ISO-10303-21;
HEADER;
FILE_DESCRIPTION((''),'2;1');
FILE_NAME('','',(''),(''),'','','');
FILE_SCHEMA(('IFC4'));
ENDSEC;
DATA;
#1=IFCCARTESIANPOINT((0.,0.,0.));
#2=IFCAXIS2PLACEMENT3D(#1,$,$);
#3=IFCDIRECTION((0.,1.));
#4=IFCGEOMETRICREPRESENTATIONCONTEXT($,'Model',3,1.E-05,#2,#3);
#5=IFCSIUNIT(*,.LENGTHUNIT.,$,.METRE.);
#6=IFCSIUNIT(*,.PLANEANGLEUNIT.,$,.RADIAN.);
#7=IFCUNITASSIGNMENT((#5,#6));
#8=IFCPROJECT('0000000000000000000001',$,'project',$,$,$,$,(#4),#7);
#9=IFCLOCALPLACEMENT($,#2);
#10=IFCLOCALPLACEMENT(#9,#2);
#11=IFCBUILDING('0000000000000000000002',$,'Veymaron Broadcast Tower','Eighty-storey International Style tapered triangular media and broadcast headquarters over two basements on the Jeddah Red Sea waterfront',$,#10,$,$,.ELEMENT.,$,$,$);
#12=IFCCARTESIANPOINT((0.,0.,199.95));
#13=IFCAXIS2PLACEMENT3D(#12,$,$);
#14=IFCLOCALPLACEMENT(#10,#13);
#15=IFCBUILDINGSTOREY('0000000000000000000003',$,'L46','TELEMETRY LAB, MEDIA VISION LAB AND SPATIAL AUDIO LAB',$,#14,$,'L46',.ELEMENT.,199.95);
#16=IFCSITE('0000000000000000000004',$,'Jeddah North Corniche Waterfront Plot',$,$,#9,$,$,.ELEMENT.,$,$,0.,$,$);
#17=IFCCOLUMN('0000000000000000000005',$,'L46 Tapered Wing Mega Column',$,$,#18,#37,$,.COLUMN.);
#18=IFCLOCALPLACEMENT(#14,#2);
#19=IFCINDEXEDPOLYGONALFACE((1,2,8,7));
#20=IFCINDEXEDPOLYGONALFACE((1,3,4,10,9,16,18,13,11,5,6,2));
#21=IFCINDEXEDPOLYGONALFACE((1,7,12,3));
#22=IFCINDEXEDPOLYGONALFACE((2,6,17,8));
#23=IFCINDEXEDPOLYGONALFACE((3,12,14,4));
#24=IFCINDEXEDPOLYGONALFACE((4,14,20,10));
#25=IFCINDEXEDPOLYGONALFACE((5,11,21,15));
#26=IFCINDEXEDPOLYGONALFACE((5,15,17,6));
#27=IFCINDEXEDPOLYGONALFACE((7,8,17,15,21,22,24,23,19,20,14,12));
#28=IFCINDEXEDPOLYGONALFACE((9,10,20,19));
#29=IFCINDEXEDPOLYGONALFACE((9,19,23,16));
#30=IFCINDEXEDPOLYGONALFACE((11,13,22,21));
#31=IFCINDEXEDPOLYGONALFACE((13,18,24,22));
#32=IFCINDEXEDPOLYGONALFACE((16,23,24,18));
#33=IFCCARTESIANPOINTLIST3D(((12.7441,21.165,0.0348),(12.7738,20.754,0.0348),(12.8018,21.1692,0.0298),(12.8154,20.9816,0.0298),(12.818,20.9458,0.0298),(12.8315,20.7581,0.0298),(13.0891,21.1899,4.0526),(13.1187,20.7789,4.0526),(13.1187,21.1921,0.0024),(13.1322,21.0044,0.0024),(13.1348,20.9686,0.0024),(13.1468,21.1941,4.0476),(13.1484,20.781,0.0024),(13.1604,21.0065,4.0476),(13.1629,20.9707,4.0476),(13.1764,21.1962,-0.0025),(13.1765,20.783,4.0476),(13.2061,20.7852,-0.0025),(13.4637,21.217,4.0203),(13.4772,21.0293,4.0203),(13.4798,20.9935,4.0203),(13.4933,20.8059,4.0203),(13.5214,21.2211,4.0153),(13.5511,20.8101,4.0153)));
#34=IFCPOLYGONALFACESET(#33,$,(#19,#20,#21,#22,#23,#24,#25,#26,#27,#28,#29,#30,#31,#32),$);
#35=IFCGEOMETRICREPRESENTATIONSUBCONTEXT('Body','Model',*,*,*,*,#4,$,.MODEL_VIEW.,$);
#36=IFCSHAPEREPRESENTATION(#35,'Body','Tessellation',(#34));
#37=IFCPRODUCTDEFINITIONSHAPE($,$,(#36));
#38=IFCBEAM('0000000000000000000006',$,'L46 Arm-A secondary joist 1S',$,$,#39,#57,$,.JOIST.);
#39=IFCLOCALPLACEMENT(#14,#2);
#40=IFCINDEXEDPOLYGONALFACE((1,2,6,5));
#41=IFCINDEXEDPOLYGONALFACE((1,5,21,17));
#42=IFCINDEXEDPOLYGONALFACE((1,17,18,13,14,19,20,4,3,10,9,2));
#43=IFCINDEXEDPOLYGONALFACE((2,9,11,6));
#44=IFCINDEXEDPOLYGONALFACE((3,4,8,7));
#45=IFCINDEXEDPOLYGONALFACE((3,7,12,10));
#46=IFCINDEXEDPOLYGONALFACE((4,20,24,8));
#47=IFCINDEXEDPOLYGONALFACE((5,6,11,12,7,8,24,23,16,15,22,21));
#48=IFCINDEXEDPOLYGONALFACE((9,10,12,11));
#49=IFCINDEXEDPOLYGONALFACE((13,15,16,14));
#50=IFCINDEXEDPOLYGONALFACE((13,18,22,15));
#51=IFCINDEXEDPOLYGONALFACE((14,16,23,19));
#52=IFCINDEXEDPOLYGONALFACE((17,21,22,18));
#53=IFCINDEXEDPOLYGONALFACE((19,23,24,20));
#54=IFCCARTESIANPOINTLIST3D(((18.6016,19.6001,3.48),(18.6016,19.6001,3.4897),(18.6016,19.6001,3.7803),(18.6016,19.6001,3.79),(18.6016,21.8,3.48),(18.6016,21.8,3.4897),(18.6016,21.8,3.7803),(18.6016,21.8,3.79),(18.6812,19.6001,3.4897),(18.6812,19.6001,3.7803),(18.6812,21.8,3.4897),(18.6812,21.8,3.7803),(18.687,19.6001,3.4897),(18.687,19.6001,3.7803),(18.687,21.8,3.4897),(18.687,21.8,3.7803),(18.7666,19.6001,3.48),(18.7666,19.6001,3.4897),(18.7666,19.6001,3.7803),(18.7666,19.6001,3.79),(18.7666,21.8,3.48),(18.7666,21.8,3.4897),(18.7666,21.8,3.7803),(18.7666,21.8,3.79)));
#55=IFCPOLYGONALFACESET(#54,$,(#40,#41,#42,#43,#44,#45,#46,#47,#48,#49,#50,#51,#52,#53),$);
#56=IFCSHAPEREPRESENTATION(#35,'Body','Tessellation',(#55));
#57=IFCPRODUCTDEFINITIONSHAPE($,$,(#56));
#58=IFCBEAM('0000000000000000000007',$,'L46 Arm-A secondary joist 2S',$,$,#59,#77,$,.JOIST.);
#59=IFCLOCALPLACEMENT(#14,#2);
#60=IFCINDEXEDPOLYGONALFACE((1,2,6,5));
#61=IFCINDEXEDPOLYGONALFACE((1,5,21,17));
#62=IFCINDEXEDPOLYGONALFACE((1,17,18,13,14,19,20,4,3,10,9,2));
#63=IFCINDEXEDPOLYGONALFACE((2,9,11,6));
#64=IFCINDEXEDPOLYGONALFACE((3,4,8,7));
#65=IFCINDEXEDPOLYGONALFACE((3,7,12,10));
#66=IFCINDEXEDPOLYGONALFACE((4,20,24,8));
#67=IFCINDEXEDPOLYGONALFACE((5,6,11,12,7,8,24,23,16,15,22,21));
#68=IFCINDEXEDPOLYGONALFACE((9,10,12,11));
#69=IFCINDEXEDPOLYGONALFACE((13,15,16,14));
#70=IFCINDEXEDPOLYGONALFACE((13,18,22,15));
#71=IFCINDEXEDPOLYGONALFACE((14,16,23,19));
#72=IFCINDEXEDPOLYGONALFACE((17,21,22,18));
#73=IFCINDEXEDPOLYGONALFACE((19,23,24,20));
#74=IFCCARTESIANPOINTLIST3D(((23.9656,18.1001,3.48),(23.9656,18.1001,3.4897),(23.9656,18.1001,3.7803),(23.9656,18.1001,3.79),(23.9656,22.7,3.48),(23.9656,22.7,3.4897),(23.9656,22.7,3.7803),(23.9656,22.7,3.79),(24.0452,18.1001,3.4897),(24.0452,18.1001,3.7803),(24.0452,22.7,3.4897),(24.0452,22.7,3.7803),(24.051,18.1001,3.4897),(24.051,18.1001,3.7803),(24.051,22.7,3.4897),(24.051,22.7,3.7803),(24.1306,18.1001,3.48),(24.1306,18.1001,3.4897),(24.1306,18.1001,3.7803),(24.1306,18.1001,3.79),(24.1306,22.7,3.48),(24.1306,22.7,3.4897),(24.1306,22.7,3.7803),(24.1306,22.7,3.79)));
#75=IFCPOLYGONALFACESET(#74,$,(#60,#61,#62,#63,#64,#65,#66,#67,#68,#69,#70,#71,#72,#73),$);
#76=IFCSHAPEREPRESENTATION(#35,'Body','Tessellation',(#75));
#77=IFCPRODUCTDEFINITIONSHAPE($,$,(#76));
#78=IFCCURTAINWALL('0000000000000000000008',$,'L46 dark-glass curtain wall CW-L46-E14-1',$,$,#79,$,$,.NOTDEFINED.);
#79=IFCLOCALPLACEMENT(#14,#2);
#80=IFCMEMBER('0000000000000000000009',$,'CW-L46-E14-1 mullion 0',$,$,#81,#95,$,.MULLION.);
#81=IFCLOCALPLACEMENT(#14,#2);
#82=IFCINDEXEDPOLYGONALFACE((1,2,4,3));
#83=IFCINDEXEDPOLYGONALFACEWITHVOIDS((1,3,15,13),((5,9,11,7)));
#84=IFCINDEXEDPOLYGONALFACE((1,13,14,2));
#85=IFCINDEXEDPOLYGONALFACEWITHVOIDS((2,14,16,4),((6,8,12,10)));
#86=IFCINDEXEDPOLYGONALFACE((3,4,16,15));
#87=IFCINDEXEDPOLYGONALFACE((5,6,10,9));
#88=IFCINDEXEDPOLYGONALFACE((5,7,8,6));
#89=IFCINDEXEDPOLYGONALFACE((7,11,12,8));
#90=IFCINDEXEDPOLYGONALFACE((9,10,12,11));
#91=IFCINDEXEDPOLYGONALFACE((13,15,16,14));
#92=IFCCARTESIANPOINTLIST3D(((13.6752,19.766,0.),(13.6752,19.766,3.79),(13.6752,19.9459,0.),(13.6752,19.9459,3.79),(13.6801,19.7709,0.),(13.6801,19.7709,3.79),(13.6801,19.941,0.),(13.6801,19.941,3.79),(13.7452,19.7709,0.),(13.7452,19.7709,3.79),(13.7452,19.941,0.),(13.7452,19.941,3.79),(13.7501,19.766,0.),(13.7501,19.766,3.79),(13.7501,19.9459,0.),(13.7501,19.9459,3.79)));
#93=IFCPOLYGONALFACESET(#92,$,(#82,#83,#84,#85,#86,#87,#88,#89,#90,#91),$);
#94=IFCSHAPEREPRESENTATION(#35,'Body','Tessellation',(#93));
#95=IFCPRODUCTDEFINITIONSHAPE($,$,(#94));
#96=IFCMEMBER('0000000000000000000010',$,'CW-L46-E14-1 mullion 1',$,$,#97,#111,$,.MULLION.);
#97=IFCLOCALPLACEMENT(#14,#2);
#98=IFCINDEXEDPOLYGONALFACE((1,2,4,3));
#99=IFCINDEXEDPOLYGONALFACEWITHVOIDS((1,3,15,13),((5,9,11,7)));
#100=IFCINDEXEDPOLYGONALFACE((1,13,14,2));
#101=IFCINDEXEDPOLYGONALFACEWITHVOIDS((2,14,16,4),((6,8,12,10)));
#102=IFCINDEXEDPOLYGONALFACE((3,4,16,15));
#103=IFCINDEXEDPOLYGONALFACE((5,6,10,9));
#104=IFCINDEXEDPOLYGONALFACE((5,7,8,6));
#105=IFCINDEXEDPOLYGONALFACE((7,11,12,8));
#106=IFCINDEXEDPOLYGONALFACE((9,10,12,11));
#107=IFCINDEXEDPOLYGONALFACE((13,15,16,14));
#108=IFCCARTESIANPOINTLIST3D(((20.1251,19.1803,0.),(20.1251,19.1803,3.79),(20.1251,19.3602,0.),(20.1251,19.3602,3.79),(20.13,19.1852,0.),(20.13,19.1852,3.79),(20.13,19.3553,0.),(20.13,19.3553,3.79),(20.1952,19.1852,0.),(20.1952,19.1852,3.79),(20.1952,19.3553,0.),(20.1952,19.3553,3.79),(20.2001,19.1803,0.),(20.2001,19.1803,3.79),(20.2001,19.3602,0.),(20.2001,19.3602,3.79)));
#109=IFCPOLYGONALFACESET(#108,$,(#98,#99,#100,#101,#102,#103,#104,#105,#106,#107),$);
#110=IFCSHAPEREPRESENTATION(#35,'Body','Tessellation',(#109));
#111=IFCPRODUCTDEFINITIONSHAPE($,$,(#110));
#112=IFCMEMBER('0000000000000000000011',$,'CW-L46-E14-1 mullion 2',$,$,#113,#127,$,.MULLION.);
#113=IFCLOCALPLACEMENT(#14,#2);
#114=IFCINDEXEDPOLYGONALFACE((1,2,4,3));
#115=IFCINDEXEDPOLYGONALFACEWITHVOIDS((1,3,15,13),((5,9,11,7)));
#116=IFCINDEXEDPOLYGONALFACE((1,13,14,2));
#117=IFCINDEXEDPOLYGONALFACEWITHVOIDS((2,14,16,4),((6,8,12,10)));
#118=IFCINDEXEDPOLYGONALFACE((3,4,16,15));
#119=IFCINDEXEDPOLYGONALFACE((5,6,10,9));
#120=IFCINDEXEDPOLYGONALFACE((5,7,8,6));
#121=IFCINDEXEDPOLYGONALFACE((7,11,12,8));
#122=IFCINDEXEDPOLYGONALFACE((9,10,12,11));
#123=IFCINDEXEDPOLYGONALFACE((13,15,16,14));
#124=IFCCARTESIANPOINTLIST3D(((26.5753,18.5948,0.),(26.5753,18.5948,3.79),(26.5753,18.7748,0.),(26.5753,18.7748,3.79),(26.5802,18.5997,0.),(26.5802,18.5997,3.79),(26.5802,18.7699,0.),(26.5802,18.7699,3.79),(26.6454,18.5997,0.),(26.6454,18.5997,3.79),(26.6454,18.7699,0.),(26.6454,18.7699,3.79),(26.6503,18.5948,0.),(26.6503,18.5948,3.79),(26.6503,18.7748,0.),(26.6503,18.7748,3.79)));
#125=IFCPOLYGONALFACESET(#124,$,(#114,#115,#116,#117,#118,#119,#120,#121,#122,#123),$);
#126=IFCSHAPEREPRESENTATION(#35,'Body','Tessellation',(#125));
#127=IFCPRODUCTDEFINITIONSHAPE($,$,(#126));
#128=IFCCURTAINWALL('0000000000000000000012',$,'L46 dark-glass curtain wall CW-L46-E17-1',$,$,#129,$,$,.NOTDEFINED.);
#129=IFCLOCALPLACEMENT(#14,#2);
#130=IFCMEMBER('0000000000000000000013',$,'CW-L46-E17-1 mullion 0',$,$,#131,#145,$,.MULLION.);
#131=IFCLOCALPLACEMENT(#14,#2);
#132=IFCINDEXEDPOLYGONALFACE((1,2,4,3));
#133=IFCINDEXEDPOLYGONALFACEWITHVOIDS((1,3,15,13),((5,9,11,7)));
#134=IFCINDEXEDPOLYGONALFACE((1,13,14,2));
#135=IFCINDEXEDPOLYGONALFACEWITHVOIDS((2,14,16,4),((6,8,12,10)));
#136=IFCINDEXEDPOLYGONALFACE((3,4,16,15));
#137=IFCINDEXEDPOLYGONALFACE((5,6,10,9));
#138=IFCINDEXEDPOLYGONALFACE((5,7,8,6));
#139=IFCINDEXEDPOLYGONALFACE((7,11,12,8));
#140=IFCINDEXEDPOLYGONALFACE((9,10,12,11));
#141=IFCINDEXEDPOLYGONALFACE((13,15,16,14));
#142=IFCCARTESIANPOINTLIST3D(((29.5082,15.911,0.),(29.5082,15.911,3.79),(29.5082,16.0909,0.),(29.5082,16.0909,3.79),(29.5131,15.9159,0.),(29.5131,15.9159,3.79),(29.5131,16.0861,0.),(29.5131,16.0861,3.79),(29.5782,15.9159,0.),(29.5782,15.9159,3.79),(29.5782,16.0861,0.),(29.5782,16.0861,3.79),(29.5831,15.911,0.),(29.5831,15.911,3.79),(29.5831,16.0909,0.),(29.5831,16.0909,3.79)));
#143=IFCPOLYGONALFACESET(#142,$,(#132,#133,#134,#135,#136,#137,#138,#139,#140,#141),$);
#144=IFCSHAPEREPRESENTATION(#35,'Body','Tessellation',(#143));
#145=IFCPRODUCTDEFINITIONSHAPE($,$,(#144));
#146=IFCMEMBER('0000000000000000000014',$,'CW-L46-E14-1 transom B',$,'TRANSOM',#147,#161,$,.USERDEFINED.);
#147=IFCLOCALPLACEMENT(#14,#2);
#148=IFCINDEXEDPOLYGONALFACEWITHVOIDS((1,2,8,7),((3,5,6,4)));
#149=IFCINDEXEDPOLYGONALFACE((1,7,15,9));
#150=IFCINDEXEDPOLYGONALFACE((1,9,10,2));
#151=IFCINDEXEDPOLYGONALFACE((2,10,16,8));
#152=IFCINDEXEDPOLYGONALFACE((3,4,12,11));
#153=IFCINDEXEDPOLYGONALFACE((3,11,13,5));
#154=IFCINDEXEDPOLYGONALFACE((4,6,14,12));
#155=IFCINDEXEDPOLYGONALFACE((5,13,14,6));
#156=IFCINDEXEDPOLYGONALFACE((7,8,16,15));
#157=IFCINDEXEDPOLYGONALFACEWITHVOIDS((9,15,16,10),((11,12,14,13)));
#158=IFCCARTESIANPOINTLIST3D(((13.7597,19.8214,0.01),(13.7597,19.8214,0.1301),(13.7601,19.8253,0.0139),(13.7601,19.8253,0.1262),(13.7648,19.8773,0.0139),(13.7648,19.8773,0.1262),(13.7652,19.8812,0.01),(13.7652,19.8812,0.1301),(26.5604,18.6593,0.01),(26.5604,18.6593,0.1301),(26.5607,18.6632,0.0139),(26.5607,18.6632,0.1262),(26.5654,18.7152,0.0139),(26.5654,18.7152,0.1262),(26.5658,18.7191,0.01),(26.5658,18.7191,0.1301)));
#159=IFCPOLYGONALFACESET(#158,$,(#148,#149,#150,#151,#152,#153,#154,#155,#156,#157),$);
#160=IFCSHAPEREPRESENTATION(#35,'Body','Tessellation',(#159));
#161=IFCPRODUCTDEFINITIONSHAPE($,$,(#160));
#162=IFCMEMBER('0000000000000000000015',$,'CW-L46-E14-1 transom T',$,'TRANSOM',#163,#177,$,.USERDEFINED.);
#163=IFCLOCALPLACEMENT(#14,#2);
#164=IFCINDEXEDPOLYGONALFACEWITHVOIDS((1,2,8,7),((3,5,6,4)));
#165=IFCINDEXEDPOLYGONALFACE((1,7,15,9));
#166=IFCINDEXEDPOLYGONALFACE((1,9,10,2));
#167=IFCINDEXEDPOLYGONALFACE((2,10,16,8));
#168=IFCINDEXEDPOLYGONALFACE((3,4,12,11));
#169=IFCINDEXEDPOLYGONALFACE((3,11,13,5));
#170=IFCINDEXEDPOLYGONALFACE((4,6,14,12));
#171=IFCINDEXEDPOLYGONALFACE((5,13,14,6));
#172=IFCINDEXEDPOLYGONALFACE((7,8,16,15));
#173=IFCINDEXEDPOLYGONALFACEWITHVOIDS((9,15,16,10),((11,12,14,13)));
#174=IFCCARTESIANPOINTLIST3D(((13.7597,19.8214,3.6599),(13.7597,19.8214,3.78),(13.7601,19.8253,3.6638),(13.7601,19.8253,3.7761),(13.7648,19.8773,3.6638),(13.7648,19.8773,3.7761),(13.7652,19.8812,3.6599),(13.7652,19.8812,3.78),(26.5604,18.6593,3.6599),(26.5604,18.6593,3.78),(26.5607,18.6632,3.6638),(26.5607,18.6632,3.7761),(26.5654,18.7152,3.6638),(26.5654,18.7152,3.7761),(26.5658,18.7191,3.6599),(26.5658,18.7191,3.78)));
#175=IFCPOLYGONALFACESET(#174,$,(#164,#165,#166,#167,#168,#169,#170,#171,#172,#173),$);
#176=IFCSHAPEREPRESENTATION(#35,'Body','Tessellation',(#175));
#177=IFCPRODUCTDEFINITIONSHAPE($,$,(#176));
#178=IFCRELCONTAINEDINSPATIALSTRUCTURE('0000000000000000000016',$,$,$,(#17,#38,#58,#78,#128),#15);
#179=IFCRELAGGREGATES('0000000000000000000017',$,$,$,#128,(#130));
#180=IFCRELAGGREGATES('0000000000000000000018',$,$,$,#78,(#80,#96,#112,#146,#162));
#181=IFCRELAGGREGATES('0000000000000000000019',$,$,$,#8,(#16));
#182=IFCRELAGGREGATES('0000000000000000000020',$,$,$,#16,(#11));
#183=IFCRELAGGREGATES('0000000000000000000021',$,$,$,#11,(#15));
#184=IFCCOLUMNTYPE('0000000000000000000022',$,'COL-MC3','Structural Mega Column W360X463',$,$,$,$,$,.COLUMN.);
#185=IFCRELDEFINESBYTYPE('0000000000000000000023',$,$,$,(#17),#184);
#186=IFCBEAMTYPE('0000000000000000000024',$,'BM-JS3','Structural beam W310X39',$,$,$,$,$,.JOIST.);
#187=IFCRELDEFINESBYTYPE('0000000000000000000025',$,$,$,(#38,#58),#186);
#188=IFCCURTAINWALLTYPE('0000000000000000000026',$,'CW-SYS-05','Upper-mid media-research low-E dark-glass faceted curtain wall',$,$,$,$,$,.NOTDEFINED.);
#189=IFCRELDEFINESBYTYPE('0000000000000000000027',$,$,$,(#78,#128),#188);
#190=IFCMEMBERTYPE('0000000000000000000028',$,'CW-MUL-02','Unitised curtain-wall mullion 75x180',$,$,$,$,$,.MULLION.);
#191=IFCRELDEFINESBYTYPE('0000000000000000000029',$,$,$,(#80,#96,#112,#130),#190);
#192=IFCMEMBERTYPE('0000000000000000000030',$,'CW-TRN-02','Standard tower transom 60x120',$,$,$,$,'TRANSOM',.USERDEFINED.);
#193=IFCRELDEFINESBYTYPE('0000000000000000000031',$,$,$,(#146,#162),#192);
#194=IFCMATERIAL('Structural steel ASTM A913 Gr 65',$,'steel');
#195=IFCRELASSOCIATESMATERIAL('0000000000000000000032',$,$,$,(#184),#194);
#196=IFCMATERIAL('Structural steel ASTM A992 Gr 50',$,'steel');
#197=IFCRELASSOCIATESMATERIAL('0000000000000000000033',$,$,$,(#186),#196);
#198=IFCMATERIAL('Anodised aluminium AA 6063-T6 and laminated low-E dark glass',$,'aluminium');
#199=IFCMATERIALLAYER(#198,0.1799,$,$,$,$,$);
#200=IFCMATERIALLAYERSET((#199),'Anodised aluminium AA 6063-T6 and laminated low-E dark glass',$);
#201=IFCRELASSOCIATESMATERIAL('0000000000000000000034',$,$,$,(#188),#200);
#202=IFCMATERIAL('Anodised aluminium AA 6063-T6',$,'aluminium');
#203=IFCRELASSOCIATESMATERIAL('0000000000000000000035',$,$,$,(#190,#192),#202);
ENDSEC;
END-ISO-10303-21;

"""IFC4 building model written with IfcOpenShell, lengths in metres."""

from ifc_helpers import new_model, si_unit, direction, frame, origin, origin_2d, place, context, subcontext, project, spatial, hollow_rectangle, i_section, extrude, material, layer, layer_set, material_profile, profile_set, type_object, element, aggregate, save


model = new_model("IFC4")

# Units and contexts
model_context = context("Model", 3, precision=1e-05, world=origin(), true_north=direction((0.0, 1.0)))
body_context = subcontext(model_context, "Body", "Model", "MODEL_VIEW")
ifc_project = project(units=[si_unit("LENGTHUNIT", "METRE"), si_unit("PLANEANGLEUNIT", "RADIAN")], contexts=[model_context])

# Site, building, storey
site_placement = place(None, origin())
site = spatial("IfcSite", under=ifc_project, at=site_placement, Name="Jeddah North Corniche Waterfront Plot", CompositionType="ELEMENT", RefElevation=0.0)
building_placement = place(site_placement, origin())
building = spatial("IfcBuilding", under=site, at=building_placement, Name="Veymaron Broadcast Tower", Description="Eighty-storey International Style tapered triangular media and broadcast headquarters over two basements on the Jeddah Red Sea waterfront", CompositionType="ELEMENT")
storey_placement = place(building_placement, frame((0.0, 0.0, 199.95)))
storey = spatial("IfcBuildingStorey", under=building, at=storey_placement, Name="L46", Description="TELEMETRY LAB, MEDIA VISION LAB AND SPATIAL AUDIO LAB", LongName="L46", CompositionType="ELEMENT", Elevation=199.95)

# Column
ifc_material_1 = material(Name="Structural steel ASTM A913 Gr 65", Category="steel")
ifc_material_profile_1 = material_profile(ifc_material_1, i_section(OverallWidth=0.4121, OverallDepth=0.4351, WebThickness=0.0359, FlangeThickness=0.0581, at=origin_2d()), Name="W360X463")
ifc_profile_set_1 = profile_set([ifc_material_profile_1], Name="Structural steel ASTM A913 Gr 65")
column_type = type_object("IfcColumnType", Name="COL-MC3", Description="Structural Mega Column W360X463", PredefinedType="COLUMN", material=ifc_profile_set_1)
column_placement = place(storey_placement, frame((12.9751, 20.9751, 0.0161), z_axis=(0.085544, 0.006175, 0.996315), x_axis=(-0.071999, 0.997405, 0.0)))
element("IfcColumn", 1, at=column_placement, inside=storey, type_object=column_type, Name="L46 Tapered Wing Mega Column", PredefinedType="COLUMN", context=body_context, shape_type="SweptSolid", body=[
    extrude(i_section(OverallWidth=0.4121, OverallDepth=0.4351, WebThickness=0.0359, FlangeThickness=0.0581, at=origin_2d()), origin(), (0.0, 0.0, 1.0), 4.0327),
])

# Beams
ifc_material_2 = material(Name="Structural steel ASTM A992 Gr 50", Category="steel")
ifc_material_profile_2 = material_profile(ifc_material_2, i_section(OverallWidth=0.165, OverallDepth=0.3101, WebThickness=0.0059, FlangeThickness=0.0098, at=origin_2d()), Name="W310X39")
ifc_profile_set_2 = profile_set([ifc_material_profile_2], Name="Structural steel ASTM A992 Gr 50")
beam_type = type_object("IfcBeamType", Name="BM-JS3", Description="Structural beam W310X39", PredefinedType="JOIST", material=ifc_profile_set_2)
beam_1_placement = place(storey_placement, frame((18.6841, 19.6001, 3.635), z_axis=(0.0, 1.0, 0.0), x_axis=(-1.0, 0.0, 0.0)))
element("IfcBeam", 2, at=beam_1_placement, inside=storey, type_object=beam_type, Name="L46 Arm-A secondary joist 1S", PredefinedType="JOIST", context=body_context, shape_type="SweptSolid", body=[
    extrude(i_section(OverallWidth=0.165, OverallDepth=0.3101, WebThickness=0.0059, FlangeThickness=0.0098, at=origin_2d()), origin(), (0.0, 0.0, 1.0), 2.2),
])
beam_2_placement = place(storey_placement, frame((24.0481, 18.1001, 3.635), z_axis=(0.0, 1.0, 0.0), x_axis=(-1.0, 0.0, 0.0)))
element("IfcBeam", 3, at=beam_2_placement, inside=storey, type_object=beam_type, Name="L46 Arm-A secondary joist 2S", PredefinedType="JOIST", context=body_context, shape_type="SweptSolid", body=[
    extrude(i_section(OverallWidth=0.165, OverallDepth=0.3101, WebThickness=0.0059, FlangeThickness=0.0098, at=origin_2d()), origin(), (0.0, 0.0, 1.0), 4.5999),
])

# Curtain wall, members
ifc_material_3 = material(Name="Anodised aluminium AA 6063-T6 and laminated low-E dark glass", Category="aluminium")
ifc_layer_1 = layer(ifc_material_3, 0.1799)
ifc_layer_set_1 = layer_set([ifc_layer_1], Name="Anodised aluminium AA 6063-T6 and laminated low-E dark glass")
curtain_wall_type = type_object("IfcCurtainWallType", Name="CW-SYS-05", Description="Upper-mid media-research low-E dark-glass faceted curtain wall", PredefinedType="NOTDEFINED", material=ifc_layer_set_1)
curtain_wall_1_placement = place(storey_placement, origin())
curtain_wall_1 = element("IfcCurtainWall", 4, at=curtain_wall_1_placement, inside=storey, type_object=curtain_wall_type, Name="L46 dark-glass curtain wall CW-L46-E14-1", PredefinedType="NOTDEFINED")
ifc_material_4 = material(Name="Anodised aluminium AA 6063-T6", Category="aluminium")
ifc_material_profile_3 = material_profile(ifc_material_4, hollow_rectangle(XDim=0.075, YDim=0.1799, WallThickness=0.0049, at=origin_2d()), Name="AL180X75X5")
ifc_profile_set_3 = profile_set([ifc_material_profile_3], Name="Anodised aluminium AA 6063-T6")
member_type_1 = type_object("IfcMemberType", Name="CW-MUL-02", Description="Unitised curtain-wall mullion 75x180", PredefinedType="MULLION", material=ifc_profile_set_3)
member_1_placement = place(storey_placement, frame((13.7126, 19.856, 0.0), z_axis=(0.0, 0.0, 1.0), x_axis=(1.0, 0.0, 0.0)))
member_1 = element("IfcMember", 5, at=member_1_placement, type_object=member_type_1, Name="CW-L46-E14-1 mullion 0", PredefinedType="MULLION", context=body_context, shape_type="SweptSolid", body=[
    extrude(hollow_rectangle(XDim=0.075, YDim=0.1799, WallThickness=0.0049, at=origin_2d()), origin(), (0.0, 0.0, 1.0), 3.79),
])
member_2_placement = place(storey_placement, frame((20.1626, 19.2703, 0.0), z_axis=(0.0, 0.0, 1.0), x_axis=(1.0, 0.0, 0.0)))
member_2 = element("IfcMember", 6, at=member_2_placement, type_object=member_type_1, Name="CW-L46-E14-1 mullion 1", PredefinedType="MULLION", context=body_context, shape_type="SweptSolid", body=[
    extrude(hollow_rectangle(XDim=0.075, YDim=0.1799, WallThickness=0.0049, at=origin_2d()), origin(), (0.0, 0.0, 1.0), 3.79),
])
member_3_placement = place(storey_placement, frame((26.6128, 18.6848, 0.0), z_axis=(0.0, 0.0, 1.0), x_axis=(1.0, 0.0, 0.0)))
member_3 = element("IfcMember", 7, at=member_3_placement, type_object=member_type_1, Name="CW-L46-E14-1 mullion 2", PredefinedType="MULLION", context=body_context, shape_type="SweptSolid", body=[
    extrude(hollow_rectangle(XDim=0.075, YDim=0.1799, WallThickness=0.0049, at=origin_2d()), origin(), (0.0, 0.0, 1.0), 3.79),
])

# Curtain wall, member
curtain_wall_2_placement = place(storey_placement, origin())
curtain_wall_2 = element("IfcCurtainWall", 8, at=curtain_wall_2_placement, inside=storey, type_object=curtain_wall_type, Name="L46 dark-glass curtain wall CW-L46-E17-1", PredefinedType="NOTDEFINED")
member_4_placement = place(storey_placement, frame((29.5457, 16.001, 0.0), z_axis=(0.0, 0.0, 1.0), x_axis=(1.0, 0.0, 0.0)))
member_4 = element("IfcMember", 9, at=member_4_placement, type_object=member_type_1, Name="CW-L46-E17-1 mullion 0", PredefinedType="MULLION", context=body_context, shape_type="SweptSolid", body=[
    extrude(hollow_rectangle(XDim=0.075, YDim=0.1799, WallThickness=0.0049, at=origin_2d()), origin(), (0.0, 0.0, 1.0), 3.79),
])

# Members
ifc_material_profile_4 = material_profile(ifc_material_4, hollow_rectangle(XDim=0.0601, YDim=0.1201, WallThickness=0.0039, at=origin_2d()), Name="AL120X60X4")
ifc_profile_set_4 = profile_set([ifc_material_profile_4], Name="Anodised aluminium AA 6063-T6")
member_type_2 = type_object("IfcMemberType", Name="CW-TRN-02", Description="Standard tower transom 60x120", ElementType="TRANSOM", PredefinedType="USERDEFINED", material=ifc_profile_set_4)
member_5_placement = place(storey_placement, frame((13.7625, 19.8513, 0.0701), z_axis=(0.995904, -0.090414, 0.0), x_axis=(0.090414, 0.995904, 0.0)))
member_5 = element("IfcMember", 10, at=member_5_placement, type_object=member_type_2, Name="CW-L46-E14-1 transom B", ObjectType="TRANSOM", PredefinedType="USERDEFINED", context=body_context, shape_type="SweptSolid", body=[
    extrude(hollow_rectangle(XDim=0.0601, YDim=0.1201, WallThickness=0.0039, at=origin_2d()), origin(), (0.0, 0.0, 1.0), 12.8533),
])
member_6_placement = place(storey_placement, frame((13.7625, 19.8513, 3.72), z_axis=(0.995904, -0.090414, 0.0), x_axis=(0.090414, 0.995904, 0.0)))
member_6 = element("IfcMember", 11, at=member_6_placement, type_object=member_type_2, Name="CW-L46-E14-1 transom T", ObjectType="TRANSOM", PredefinedType="USERDEFINED", context=body_context, shape_type="SweptSolid", body=[
    extrude(hollow_rectangle(XDim=0.0601, YDim=0.1201, WallThickness=0.0039, at=origin_2d()), origin(), (0.0, 0.0, 1.0), 12.8533),
])
aggregate(curtain_wall_2, [member_4])

aggregate(curtain_wall_1, [member_1, member_2, member_3, member_5, member_6])

save(model, "model.ifc")
